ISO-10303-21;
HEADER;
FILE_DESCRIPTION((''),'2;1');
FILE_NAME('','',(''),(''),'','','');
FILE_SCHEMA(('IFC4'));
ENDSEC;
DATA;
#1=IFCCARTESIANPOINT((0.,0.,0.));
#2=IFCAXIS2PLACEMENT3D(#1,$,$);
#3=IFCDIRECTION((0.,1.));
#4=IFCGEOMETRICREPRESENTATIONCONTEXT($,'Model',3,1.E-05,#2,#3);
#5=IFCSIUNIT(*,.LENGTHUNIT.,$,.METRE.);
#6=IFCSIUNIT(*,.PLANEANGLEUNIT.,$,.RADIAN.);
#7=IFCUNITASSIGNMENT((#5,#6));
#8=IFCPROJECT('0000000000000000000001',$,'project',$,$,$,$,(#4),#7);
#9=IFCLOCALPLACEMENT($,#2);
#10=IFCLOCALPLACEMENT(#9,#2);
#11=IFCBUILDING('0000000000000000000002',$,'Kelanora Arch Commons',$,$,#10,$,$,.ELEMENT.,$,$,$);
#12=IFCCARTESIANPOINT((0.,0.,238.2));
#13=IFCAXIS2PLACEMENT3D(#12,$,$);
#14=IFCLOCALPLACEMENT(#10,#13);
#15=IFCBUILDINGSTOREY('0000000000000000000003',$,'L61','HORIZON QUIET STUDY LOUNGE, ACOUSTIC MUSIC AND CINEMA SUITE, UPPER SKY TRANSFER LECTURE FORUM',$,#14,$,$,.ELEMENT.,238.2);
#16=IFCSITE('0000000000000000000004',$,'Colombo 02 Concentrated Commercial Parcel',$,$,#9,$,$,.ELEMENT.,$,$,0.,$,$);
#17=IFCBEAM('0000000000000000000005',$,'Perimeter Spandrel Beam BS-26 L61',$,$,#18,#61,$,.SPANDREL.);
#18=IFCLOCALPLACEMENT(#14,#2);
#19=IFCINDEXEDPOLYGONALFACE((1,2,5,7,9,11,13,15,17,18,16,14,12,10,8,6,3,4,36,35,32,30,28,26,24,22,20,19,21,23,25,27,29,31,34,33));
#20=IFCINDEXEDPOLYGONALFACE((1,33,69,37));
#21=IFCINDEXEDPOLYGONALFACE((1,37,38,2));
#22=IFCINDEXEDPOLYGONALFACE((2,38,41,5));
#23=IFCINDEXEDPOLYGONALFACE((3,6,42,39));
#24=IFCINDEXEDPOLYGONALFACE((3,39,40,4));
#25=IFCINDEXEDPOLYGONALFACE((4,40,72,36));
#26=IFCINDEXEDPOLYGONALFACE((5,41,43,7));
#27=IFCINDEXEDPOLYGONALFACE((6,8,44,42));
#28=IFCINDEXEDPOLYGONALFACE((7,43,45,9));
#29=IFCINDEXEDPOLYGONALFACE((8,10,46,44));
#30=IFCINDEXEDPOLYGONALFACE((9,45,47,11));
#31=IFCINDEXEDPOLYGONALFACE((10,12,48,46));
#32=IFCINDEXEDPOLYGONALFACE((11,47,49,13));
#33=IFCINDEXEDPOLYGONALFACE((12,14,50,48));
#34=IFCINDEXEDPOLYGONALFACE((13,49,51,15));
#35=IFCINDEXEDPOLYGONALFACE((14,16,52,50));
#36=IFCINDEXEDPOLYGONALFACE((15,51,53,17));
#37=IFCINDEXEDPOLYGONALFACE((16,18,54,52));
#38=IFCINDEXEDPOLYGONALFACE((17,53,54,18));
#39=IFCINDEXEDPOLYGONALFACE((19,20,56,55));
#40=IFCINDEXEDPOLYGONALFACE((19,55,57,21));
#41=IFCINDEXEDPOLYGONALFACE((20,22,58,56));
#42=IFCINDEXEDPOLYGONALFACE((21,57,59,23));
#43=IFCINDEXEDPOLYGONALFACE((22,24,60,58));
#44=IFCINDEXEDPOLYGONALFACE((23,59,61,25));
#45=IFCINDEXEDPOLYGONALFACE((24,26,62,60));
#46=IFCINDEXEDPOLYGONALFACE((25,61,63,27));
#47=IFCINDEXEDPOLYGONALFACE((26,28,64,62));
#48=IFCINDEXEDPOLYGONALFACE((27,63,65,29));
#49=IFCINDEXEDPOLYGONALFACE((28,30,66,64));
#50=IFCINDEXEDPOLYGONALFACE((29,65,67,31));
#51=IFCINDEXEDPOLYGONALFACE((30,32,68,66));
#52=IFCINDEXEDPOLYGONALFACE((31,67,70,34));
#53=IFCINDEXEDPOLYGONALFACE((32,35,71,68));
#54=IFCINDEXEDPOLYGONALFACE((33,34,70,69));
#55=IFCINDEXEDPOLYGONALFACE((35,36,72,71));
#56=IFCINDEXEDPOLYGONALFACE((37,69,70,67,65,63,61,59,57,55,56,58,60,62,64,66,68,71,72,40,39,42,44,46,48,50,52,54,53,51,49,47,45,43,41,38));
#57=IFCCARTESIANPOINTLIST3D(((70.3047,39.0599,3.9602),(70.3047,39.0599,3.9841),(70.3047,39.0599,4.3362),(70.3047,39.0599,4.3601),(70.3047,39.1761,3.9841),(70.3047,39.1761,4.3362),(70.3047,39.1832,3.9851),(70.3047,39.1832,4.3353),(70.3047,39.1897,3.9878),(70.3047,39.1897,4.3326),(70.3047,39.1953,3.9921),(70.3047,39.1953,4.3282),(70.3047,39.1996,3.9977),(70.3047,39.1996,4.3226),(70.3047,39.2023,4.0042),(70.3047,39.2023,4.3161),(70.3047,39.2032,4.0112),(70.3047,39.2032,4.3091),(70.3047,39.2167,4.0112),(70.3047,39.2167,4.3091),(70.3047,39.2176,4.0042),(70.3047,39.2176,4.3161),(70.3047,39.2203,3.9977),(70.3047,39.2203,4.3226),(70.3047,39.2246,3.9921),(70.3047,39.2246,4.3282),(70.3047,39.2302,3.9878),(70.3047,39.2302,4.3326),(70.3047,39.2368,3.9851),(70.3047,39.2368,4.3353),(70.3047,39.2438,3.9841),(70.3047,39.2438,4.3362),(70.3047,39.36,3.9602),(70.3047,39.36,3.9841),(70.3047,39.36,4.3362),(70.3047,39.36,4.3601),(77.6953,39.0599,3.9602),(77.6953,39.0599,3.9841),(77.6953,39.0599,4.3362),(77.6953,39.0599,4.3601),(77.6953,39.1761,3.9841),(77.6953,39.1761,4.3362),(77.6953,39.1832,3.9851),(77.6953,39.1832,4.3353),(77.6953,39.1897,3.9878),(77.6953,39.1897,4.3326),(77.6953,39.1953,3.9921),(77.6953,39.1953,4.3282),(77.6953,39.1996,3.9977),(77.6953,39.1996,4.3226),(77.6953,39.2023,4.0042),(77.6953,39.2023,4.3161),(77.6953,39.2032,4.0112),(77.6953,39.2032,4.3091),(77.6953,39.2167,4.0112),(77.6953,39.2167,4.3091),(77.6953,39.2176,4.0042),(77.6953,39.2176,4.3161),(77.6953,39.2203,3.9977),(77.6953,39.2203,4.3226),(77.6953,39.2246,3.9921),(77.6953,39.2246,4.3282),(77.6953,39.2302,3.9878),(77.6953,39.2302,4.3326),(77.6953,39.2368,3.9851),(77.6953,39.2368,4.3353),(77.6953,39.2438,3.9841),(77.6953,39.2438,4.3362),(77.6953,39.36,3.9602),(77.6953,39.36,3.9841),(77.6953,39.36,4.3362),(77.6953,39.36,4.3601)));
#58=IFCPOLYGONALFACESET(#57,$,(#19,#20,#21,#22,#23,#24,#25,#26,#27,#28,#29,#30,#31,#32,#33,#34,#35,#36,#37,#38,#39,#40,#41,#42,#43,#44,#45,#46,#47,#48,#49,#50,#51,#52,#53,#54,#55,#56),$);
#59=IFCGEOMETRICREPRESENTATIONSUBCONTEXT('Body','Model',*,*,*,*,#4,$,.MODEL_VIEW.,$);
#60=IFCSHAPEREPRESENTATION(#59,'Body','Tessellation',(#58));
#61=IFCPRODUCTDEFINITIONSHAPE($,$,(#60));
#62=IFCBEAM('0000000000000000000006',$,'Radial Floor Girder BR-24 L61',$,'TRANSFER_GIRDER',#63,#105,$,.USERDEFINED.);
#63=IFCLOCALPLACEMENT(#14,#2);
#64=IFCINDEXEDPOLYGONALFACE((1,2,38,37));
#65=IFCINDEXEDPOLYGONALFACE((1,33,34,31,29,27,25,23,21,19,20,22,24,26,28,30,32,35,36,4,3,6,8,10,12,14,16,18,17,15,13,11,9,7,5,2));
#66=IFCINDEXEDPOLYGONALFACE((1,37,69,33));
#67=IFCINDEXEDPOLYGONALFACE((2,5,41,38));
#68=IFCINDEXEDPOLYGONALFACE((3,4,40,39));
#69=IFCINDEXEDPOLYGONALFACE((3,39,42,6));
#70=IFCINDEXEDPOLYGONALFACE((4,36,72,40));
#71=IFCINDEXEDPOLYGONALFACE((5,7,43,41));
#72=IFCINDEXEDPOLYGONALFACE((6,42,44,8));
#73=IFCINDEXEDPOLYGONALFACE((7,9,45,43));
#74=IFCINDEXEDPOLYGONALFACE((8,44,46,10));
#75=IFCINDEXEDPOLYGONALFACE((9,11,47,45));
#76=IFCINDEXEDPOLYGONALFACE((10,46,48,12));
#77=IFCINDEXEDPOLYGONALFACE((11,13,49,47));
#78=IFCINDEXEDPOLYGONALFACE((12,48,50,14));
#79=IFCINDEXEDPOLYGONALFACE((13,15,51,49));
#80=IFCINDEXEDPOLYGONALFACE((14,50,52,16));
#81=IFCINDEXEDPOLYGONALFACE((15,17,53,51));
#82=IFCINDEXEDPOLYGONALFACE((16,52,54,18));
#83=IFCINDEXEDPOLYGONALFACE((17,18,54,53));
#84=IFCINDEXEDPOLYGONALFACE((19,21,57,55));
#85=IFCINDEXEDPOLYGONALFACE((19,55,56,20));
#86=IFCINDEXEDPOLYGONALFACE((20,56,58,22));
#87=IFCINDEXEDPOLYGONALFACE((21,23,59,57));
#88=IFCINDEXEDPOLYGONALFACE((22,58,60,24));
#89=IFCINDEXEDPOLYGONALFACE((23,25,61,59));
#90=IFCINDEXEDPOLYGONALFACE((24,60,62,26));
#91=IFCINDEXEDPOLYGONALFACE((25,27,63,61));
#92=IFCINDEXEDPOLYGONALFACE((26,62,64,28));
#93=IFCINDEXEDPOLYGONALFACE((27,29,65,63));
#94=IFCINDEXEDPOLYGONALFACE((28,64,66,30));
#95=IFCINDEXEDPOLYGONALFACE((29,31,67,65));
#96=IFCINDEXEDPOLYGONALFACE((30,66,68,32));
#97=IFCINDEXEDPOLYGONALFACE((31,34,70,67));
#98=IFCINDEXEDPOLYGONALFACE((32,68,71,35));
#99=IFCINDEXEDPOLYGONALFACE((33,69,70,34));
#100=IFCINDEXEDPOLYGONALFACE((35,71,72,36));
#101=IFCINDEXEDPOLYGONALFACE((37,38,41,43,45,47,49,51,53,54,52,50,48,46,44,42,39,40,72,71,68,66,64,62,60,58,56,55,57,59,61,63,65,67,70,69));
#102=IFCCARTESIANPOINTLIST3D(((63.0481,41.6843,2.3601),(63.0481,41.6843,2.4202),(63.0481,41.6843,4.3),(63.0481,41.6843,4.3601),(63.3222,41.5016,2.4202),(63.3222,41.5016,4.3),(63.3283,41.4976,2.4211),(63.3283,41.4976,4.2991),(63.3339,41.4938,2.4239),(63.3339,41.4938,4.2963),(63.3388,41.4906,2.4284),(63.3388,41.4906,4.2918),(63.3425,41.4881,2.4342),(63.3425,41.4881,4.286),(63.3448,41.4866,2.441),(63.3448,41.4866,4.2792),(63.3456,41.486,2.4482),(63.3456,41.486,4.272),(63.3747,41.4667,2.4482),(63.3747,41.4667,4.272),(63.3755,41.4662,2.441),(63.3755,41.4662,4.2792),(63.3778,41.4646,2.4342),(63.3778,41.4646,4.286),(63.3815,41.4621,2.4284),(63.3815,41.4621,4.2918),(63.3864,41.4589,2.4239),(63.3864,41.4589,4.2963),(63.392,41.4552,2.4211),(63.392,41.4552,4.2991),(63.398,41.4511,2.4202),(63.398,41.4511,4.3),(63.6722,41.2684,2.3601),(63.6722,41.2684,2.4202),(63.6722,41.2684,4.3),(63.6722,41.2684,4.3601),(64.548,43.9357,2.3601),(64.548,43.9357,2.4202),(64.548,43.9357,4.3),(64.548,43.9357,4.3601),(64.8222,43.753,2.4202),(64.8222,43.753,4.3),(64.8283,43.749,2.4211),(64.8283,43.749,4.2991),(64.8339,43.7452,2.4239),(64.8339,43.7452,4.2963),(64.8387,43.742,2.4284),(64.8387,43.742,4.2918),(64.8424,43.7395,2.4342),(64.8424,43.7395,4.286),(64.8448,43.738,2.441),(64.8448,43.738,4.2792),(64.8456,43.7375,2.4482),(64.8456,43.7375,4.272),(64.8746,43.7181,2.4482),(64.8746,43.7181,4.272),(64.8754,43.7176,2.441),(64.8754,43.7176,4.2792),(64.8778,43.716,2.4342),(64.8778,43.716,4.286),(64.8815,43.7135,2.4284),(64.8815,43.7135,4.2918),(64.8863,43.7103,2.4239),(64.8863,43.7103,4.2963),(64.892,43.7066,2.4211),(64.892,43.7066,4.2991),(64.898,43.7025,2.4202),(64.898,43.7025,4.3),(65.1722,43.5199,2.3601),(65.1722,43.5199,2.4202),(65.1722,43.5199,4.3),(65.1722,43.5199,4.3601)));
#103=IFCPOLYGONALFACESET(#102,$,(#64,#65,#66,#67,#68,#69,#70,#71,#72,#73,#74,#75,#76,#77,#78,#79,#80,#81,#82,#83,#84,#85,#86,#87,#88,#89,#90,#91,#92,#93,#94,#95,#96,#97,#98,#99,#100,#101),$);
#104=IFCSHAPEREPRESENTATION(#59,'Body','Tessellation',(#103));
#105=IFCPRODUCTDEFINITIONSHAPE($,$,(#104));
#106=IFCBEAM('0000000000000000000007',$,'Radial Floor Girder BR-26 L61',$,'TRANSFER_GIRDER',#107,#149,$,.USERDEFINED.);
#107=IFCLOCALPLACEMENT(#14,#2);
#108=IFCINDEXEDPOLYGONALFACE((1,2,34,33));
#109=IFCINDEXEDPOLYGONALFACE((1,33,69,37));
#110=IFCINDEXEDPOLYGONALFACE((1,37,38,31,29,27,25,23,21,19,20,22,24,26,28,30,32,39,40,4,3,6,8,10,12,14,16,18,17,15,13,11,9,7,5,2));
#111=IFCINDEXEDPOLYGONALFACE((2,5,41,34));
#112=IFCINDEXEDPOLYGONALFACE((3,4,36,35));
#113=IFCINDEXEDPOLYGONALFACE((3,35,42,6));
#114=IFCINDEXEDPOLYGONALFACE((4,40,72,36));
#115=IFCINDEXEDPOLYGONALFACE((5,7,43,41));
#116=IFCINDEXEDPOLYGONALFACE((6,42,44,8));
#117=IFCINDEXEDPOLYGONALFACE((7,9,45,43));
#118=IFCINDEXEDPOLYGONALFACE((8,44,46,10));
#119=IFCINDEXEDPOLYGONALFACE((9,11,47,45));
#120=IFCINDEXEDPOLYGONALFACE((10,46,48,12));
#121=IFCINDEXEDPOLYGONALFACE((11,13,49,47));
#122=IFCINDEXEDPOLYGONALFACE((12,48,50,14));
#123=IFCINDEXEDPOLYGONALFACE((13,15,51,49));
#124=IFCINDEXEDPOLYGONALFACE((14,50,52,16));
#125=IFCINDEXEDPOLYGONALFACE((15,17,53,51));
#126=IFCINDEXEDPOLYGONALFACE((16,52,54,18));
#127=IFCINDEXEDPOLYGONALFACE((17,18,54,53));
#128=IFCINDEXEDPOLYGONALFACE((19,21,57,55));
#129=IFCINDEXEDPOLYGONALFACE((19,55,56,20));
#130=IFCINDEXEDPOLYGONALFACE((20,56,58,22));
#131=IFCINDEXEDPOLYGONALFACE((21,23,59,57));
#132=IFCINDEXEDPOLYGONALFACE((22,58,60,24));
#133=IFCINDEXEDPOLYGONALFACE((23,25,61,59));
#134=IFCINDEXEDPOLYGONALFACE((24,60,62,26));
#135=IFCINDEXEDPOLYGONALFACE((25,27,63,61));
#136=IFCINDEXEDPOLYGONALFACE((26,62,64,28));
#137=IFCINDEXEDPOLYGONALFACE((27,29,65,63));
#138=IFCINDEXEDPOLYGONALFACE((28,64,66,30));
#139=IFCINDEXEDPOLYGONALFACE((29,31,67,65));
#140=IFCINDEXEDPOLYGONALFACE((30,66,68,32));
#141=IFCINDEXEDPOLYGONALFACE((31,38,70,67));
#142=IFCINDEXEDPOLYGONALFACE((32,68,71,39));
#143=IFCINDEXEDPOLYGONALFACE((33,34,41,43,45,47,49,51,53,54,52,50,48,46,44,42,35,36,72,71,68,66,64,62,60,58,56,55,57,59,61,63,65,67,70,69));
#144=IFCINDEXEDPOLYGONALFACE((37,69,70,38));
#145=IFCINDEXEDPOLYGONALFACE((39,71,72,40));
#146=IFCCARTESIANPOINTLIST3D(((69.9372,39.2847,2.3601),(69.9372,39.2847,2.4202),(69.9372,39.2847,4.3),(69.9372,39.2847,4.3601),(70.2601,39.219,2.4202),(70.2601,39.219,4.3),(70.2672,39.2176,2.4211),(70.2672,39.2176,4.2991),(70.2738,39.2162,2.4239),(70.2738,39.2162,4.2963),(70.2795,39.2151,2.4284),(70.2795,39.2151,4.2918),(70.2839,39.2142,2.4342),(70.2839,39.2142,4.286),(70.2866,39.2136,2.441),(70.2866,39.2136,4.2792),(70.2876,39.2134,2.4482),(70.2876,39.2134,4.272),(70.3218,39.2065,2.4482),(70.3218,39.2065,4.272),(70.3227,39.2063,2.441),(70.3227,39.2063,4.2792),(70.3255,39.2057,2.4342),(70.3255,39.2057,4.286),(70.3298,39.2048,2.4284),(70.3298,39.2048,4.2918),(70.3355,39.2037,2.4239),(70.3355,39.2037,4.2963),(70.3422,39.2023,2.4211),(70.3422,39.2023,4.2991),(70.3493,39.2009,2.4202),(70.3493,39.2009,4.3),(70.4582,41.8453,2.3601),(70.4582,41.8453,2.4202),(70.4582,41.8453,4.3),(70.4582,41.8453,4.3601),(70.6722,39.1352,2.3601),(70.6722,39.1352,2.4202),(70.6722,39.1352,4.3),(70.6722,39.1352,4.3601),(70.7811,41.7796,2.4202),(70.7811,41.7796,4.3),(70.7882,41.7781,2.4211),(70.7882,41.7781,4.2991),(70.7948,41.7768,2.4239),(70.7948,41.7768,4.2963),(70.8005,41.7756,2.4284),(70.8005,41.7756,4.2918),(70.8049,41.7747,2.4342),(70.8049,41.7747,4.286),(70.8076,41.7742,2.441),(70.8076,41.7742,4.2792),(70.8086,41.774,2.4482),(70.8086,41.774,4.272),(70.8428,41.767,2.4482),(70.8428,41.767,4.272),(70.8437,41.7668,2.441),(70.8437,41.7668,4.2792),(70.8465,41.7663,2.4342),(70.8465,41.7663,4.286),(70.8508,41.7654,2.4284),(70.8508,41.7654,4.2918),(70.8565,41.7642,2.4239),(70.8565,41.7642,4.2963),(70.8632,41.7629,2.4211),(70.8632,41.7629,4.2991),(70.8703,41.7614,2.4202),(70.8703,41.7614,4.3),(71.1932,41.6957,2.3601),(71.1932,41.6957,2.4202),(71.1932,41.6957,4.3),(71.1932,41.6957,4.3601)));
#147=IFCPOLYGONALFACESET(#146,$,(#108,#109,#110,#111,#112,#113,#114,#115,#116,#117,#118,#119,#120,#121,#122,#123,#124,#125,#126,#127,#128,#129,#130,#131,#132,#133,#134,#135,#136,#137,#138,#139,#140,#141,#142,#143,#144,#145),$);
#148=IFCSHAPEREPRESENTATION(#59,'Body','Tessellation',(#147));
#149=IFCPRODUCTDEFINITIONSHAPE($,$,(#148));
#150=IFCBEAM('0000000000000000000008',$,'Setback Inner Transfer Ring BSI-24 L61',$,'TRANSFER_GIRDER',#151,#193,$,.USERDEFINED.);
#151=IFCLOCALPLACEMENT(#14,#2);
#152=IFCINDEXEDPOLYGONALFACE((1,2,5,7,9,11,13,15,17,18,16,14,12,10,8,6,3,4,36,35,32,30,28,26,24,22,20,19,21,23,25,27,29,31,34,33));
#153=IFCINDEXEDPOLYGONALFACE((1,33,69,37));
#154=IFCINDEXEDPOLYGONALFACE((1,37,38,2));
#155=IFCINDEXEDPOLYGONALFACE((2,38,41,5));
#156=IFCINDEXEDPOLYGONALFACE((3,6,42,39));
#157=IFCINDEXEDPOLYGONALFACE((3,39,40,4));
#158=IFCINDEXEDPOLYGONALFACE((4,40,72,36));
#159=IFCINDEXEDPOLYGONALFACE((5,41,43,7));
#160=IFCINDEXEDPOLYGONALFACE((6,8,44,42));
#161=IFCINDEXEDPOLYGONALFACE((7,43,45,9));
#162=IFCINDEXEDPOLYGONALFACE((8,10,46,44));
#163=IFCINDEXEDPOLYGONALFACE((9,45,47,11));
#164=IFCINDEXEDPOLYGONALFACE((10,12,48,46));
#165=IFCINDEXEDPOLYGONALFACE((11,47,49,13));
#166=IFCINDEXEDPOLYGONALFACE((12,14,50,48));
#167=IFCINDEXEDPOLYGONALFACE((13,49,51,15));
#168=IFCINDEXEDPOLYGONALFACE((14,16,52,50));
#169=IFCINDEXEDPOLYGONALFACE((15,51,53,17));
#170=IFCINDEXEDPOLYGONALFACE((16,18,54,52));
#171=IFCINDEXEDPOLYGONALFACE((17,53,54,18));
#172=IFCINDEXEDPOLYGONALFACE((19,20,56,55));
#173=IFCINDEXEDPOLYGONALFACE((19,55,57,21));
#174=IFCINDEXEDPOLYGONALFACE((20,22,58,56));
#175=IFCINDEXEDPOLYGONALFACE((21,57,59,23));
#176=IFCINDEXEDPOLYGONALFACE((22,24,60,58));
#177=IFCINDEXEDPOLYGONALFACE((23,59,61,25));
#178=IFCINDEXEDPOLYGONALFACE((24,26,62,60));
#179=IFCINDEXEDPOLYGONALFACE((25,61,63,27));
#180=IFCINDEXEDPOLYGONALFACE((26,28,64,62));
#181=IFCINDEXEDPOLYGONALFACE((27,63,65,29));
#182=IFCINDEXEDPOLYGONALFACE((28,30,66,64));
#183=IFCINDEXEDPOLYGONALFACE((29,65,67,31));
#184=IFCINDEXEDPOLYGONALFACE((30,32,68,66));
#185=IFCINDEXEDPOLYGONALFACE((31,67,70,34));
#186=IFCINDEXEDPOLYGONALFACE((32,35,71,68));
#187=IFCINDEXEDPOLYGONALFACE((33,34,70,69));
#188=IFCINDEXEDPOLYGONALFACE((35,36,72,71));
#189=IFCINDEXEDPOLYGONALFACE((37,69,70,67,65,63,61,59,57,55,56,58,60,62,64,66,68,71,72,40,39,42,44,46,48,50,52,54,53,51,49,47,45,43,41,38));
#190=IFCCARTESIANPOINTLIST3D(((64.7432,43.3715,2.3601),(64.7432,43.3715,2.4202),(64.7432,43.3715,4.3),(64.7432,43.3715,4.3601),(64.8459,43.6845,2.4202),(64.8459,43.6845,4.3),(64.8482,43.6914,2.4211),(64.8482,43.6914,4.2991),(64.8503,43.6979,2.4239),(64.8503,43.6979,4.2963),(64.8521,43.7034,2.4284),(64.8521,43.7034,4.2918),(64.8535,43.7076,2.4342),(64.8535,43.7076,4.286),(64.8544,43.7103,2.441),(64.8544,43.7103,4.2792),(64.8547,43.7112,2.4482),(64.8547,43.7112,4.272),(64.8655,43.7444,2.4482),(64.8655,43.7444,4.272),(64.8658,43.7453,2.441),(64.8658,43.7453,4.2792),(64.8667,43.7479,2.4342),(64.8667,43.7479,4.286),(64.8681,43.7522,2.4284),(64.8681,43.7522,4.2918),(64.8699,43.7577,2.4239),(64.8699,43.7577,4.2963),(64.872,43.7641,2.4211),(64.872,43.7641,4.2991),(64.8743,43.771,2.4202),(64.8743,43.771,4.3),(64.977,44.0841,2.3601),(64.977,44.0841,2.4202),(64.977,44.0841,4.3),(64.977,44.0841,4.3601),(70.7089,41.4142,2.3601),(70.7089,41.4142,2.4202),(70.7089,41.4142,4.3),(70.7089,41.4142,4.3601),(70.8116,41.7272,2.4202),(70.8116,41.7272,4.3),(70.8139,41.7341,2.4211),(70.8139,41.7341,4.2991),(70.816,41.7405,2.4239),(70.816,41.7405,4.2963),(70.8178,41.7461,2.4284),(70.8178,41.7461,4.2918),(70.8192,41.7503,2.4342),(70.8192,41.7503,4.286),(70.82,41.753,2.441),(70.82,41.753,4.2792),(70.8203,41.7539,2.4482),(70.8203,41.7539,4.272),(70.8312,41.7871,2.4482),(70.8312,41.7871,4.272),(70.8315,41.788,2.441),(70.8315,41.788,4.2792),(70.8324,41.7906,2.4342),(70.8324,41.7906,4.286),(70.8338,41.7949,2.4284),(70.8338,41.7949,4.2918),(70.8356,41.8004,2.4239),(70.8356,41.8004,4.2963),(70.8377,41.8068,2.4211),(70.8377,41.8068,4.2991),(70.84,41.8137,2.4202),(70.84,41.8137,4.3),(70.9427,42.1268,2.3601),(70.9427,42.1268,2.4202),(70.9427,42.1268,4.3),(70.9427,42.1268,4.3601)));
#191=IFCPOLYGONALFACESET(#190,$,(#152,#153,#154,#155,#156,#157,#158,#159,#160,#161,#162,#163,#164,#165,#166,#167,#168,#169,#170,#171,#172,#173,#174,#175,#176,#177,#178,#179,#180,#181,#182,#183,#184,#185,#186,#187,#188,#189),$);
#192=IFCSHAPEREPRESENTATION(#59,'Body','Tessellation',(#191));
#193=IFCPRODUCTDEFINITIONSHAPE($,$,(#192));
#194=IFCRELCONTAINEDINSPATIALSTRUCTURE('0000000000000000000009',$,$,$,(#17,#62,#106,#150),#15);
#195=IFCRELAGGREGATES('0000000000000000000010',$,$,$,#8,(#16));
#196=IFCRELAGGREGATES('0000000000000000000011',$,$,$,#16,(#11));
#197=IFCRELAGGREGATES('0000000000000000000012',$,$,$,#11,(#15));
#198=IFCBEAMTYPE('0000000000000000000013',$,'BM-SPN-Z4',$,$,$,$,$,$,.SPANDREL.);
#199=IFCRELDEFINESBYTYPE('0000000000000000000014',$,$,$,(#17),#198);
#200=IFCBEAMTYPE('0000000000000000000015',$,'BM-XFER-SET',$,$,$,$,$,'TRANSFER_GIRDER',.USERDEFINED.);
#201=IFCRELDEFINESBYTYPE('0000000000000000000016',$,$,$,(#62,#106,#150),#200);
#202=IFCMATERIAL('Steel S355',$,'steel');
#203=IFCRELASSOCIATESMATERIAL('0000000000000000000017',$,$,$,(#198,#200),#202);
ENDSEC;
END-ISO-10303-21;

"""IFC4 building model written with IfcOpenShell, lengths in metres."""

from ifc_helpers import new_model, si_unit, direction, frame, origin, origin_2d, place, context, subcontext, project, spatial, i_section, extrude, material, material_profile, profile_set, type_object, element, save


model = new_model("IFC4")

# Units and contexts
model_context = context("Model", 3, precision=1e-05, world=origin(), true_north=direction((0.0, 1.0)))
body_context = subcontext(model_context, "Body", "Model", "MODEL_VIEW")
ifc_project = project(units=[si_unit("LENGTHUNIT", "METRE"), si_unit("PLANEANGLEUNIT", "RADIAN")], contexts=[model_context])

# Site, building, storey
site_placement = place(None, origin())
site = spatial("IfcSite", under=ifc_project, at=site_placement, Name="Colombo 02 Concentrated Commercial Parcel", CompositionType="ELEMENT", RefElevation=0.0)
building_placement = place(site_placement, origin())
building = spatial("IfcBuilding", under=site, at=building_placement, Name="Kelanora Arch Commons", CompositionType="ELEMENT")
storey_placement = place(building_placement, frame((0.0, 0.0, 238.2)))
storey = spatial("IfcBuildingStorey", under=building, at=storey_placement, Name="L61", Description="HORIZON QUIET STUDY LOUNGE, ACOUSTIC MUSIC AND CINEMA SUITE, UPPER SKY TRANSFER LECTURE FORUM", CompositionType="ELEMENT", Elevation=238.2)

# Beams
ifc_material_1 = material(Name="Steel S355", Category="steel")
ifc_material_profile_1 = material_profile(ifc_material_1, i_section(OverallWidth=0.3, OverallDepth=0.3999, WebThickness=0.0134, FlangeThickness=0.0239, FilletRadius=0.0271, at=origin_2d()), Name="HEB400")
ifc_profile_set_1 = profile_set([ifc_material_profile_1], Name="Steel S355")
beam_type_1 = type_object("IfcBeamType", Name="BM-SPN-Z4", PredefinedType="SPANDREL", material=ifc_profile_set_1)
beam_1_placement = place(storey_placement, frame((70.3047, 39.21, 4.1602), z_axis=(1.0, 0.0, 0.0), x_axis=(0.0, 1.0, 0.0)))
element("IfcBeam", 1, at=beam_1_placement, inside=storey, type_object=beam_type_1, Name="Perimeter Spandrel Beam BS-26 L61", PredefinedType="SPANDREL", context=body_context, shape_type="SweptSolid", body=[
    extrude(i_section(OverallWidth=0.3, OverallDepth=0.3999, WebThickness=0.0134, FlangeThickness=0.0239, FilletRadius=0.0271, at=origin_2d()), origin(), (0.0, 0.0, 1.0), 7.3906),
])
ifc_material_profile_2 = material_profile(ifc_material_1, i_section(OverallWidth=0.75, OverallDepth=2.0, WebThickness=0.0349, FlangeThickness=0.0601, FilletRadius=0.0281, at=origin_2d()), Name="PG2000x750")
ifc_profile_set_2 = profile_set([ifc_material_profile_2], Name="Steel S355")
beam_type_2 = type_object("IfcBeamType", Name="BM-XFER-SET", ElementType="TRANSFER_GIRDER", PredefinedType="USERDEFINED", material=ifc_profile_set_2)
beam_2_placement = place(storey_placement, frame((64.8601, 43.7278, 3.3601), z_axis=(-0.55445, -0.832217, 0.0), x_axis=(0.832217, -0.55445, 0.0)))
element("IfcBeam", 2, at=beam_2_placement, inside=storey, type_object=beam_type_2, Name="Radial Floor Girder BR-24 L61", ObjectType="TRANSFER_GIRDER", PredefinedType="USERDEFINED", context=body_context, shape_type="SweptSolid", body=[
    extrude(i_section(OverallWidth=0.75, OverallDepth=2.0, WebThickness=0.0349, FlangeThickness=0.0601, FilletRadius=0.0281, at=origin_2d()), origin(), (0.0, 0.0, 1.0), 2.7053),
])
beam_3_placement = place(storey_placement, frame((70.8257, 41.7705, 3.3601), z_axis=(-0.199385, -0.979921, 0.0), x_axis=(0.979921, -0.199385, 0.0)))
element("IfcBeam", 3, at=beam_3_placement, inside=storey, type_object=beam_type_2, Name="Radial Floor Girder BR-26 L61", ObjectType="TRANSFER_GIRDER", PredefinedType="USERDEFINED", context=body_context, shape_type="SweptSolid", body=[
    extrude(i_section(OverallWidth=0.75, OverallDepth=2.0, WebThickness=0.0349, FlangeThickness=0.0601, FilletRadius=0.0281, at=origin_2d()), origin(), (0.0, 0.0, 1.0), 2.613),
])
beam_4_placement = place(storey_placement, frame((64.8601, 43.7278, 3.3601), z_axis=(0.950166, -0.311745, 0.0), x_axis=(0.311745, 0.950166, 0.0)))
element("IfcBeam", 4, at=beam_4_placement, inside=storey, type_object=beam_type_2, Name="Setback Inner Transfer Ring BSI-24 L61", ObjectType="TRANSFER_GIRDER", PredefinedType="USERDEFINED", context=body_context, shape_type="SweptSolid", body=[
    extrude(i_section(OverallWidth=0.75, OverallDepth=2.0, WebThickness=0.0349, FlangeThickness=0.0601, FilletRadius=0.0281, at=origin_2d()), origin(), (0.0, 0.0, 1.0), 6.2786),
])

save(model, "model.ifc")
